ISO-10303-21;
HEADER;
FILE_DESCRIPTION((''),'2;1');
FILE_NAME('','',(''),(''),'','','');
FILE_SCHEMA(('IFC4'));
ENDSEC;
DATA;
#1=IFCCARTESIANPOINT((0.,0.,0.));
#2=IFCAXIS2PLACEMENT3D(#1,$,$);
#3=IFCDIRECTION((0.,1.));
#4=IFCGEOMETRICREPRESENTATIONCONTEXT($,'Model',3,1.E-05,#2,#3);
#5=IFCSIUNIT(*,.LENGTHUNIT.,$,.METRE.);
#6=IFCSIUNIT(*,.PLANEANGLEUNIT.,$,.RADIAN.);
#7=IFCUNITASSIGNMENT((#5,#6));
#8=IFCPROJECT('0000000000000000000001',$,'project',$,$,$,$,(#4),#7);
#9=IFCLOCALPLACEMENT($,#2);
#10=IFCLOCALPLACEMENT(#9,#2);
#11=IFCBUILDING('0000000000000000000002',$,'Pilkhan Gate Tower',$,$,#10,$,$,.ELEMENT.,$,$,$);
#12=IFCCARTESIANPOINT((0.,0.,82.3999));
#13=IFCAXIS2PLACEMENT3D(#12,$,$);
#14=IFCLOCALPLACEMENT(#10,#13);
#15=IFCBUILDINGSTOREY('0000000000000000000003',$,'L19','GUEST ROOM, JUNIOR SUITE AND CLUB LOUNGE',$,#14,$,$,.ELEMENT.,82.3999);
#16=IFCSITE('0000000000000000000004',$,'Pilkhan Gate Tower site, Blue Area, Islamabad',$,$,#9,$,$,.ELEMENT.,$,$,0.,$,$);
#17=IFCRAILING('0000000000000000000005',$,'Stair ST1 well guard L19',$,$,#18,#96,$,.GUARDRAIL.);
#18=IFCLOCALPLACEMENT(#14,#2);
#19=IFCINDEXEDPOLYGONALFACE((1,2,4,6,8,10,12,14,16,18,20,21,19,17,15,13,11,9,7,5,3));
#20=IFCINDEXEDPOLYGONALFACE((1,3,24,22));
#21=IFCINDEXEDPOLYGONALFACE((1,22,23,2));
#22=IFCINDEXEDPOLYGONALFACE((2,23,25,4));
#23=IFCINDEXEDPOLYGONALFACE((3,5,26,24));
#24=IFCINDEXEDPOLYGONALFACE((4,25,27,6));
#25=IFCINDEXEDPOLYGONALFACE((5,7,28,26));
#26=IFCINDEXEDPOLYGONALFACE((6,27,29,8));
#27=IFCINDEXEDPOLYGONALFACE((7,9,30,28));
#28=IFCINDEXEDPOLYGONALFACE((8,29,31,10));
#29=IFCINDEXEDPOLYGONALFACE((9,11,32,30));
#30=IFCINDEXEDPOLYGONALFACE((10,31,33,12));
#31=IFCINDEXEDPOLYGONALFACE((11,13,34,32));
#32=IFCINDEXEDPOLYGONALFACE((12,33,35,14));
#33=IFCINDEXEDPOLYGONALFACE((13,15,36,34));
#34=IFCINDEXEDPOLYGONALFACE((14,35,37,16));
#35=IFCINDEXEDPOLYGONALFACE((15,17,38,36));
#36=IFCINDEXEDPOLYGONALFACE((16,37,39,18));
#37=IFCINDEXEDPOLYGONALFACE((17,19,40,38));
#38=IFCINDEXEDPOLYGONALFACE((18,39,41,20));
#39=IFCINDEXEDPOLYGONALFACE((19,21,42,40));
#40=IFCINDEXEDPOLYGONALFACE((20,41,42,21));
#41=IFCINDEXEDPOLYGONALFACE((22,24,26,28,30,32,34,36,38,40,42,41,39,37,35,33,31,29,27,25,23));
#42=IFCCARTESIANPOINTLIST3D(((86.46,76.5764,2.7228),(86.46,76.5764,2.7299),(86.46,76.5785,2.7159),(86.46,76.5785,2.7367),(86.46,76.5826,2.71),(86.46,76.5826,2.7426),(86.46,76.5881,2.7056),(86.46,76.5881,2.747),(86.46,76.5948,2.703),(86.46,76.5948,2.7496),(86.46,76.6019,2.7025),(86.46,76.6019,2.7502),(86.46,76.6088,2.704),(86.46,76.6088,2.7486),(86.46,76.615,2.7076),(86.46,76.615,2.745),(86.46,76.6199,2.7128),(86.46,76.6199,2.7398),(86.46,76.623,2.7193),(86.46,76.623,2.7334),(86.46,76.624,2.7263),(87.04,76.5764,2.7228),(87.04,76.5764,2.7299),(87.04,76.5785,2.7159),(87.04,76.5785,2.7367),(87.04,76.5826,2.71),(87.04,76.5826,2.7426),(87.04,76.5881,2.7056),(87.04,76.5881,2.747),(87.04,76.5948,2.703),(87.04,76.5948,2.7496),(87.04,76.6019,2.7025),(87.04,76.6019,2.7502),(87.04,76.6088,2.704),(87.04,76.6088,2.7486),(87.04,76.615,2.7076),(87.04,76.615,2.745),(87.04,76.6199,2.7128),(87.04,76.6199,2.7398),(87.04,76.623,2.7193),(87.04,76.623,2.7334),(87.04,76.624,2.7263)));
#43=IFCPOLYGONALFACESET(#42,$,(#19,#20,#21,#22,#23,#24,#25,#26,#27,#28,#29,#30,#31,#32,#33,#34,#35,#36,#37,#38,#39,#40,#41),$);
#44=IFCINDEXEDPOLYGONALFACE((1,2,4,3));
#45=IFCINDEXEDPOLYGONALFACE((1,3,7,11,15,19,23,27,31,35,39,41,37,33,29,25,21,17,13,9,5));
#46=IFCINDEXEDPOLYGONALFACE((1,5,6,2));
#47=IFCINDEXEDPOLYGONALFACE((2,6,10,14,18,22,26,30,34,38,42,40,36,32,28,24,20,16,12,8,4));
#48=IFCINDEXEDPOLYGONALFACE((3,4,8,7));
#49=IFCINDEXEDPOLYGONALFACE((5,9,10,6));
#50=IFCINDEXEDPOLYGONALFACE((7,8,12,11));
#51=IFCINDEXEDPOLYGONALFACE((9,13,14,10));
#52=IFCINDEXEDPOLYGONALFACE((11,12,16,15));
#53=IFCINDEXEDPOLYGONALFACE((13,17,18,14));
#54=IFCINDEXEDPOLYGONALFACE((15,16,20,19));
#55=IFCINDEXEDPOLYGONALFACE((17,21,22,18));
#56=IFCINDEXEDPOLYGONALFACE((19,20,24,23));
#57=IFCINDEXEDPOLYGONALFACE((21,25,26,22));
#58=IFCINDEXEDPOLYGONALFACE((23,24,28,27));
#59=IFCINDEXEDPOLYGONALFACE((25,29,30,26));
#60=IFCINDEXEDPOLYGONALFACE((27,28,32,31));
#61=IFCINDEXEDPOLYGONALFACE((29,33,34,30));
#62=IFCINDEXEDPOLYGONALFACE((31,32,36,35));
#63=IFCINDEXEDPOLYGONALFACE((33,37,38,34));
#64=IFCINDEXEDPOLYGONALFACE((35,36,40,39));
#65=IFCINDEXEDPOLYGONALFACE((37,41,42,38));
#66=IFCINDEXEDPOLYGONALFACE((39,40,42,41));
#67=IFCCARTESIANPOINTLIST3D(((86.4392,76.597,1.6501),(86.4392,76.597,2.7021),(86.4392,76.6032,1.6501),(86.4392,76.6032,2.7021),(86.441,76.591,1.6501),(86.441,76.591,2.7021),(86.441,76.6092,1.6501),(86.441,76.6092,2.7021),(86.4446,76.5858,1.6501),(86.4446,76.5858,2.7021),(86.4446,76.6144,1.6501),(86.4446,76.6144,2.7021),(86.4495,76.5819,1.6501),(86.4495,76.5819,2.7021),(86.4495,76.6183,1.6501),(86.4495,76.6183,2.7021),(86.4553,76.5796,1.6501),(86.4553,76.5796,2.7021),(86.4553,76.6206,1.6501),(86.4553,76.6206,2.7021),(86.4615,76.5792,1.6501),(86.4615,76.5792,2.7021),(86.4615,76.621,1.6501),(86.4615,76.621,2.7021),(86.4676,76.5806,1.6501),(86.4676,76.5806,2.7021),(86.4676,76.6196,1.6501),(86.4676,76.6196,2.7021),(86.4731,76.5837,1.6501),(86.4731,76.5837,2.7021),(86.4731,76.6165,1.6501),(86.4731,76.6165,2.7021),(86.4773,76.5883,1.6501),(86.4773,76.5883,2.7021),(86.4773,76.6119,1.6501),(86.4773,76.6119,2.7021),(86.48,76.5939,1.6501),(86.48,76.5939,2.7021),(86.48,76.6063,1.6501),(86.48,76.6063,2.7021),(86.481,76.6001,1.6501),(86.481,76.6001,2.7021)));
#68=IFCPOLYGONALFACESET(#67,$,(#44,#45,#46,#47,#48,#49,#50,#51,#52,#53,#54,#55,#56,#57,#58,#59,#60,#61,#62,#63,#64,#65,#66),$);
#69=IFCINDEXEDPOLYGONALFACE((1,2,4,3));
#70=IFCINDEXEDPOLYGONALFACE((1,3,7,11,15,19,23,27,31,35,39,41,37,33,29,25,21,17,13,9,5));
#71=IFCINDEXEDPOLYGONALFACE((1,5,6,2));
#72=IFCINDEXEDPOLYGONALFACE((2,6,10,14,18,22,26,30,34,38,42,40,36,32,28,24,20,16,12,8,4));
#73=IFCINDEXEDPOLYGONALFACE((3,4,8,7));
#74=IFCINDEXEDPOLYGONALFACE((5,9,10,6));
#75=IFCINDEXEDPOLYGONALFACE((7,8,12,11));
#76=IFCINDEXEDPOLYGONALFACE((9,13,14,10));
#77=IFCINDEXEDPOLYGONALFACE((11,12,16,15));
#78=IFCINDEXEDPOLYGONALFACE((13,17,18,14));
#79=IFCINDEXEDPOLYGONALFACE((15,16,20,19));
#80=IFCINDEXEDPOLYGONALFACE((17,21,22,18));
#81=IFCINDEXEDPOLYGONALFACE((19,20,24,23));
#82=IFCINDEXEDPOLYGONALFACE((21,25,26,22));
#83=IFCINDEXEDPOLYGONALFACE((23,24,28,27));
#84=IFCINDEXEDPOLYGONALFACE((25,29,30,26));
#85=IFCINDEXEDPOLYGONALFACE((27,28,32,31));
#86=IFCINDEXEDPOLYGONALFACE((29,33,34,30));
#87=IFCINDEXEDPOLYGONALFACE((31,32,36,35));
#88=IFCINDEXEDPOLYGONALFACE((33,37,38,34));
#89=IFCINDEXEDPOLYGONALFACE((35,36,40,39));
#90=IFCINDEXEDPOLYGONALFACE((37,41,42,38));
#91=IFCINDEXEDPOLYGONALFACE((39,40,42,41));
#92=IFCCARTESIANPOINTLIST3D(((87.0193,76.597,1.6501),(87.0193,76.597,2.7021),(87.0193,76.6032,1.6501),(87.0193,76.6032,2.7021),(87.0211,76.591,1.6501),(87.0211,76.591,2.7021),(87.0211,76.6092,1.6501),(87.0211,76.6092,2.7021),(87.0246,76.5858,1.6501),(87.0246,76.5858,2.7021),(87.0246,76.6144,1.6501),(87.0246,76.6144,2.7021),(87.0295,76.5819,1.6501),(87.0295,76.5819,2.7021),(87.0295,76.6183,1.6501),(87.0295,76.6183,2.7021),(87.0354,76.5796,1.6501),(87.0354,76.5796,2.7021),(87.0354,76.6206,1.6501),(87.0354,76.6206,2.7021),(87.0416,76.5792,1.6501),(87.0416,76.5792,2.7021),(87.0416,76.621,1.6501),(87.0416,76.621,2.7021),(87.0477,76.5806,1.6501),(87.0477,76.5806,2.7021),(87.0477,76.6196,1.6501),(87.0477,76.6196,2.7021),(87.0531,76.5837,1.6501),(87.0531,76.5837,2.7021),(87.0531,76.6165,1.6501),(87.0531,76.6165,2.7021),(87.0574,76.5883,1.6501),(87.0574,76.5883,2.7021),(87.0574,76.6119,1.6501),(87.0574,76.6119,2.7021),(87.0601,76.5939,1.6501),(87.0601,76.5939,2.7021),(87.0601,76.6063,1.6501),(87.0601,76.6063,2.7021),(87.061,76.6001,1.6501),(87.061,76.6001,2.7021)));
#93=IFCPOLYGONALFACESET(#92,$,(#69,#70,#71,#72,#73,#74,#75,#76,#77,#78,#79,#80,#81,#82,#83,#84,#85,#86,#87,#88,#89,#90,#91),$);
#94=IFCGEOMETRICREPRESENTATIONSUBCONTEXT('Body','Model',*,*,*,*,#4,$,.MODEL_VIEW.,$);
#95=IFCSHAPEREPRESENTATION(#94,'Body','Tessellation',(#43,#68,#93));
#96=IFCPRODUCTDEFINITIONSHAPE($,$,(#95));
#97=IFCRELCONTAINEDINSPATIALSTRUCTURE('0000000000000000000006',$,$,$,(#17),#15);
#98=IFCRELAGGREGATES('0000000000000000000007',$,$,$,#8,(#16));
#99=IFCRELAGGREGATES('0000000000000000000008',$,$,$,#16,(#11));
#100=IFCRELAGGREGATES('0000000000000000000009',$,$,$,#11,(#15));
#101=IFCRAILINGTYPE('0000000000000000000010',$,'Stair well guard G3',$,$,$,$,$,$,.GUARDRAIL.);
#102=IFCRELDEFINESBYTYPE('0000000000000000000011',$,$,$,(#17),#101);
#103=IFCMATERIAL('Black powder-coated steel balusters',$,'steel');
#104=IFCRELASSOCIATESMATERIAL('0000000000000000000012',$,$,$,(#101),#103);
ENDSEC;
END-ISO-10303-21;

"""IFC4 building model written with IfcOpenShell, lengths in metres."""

from ifc_helpers import new_model, si_unit, direction, frame, origin, origin_2d, place, context, subcontext, project, spatial, circle, extrude, material, type_object, element, save


model = new_model("IFC4")

# Units and contexts
model_context = context("Model", 3, precision=1e-05, world=origin(), true_north=direction((0.0, 1.0)))
body_context = subcontext(model_context, "Body", "Model", "MODEL_VIEW")
ifc_project = project(units=[si_unit("LENGTHUNIT", "METRE"), si_unit("PLANEANGLEUNIT", "RADIAN")], contexts=[model_context])

# Site, building, storey
site_placement = place(None, origin())
site = spatial("IfcSite", under=ifc_project, at=site_placement, Name="Pilkhan Gate Tower site, Blue Area, Islamabad", CompositionType="ELEMENT", RefElevation=0.0)
building_placement = place(site_placement, origin())
building = spatial("IfcBuilding", under=site, at=building_placement, Name="Pilkhan Gate Tower", CompositionType="ELEMENT")
storey_placement = place(building_placement, frame((0.0, 0.0, 82.3999)))
storey = spatial("IfcBuildingStorey", under=building, at=storey_placement, Name="L19", Description="GUEST ROOM, JUNIOR SUITE AND CLUB LOUNGE", CompositionType="ELEMENT", Elevation=82.3999)

# Railing
ifc_material_1 = material(Name="Black powder-coated steel balusters", Category="steel")
railing_type_1 = type_object("IfcRailingType", Name="Stair well guard G3", PredefinedType="GUARDRAIL", material=ifc_material_1)
for number, where, name in (
    (1, (86.46, 76.6001, 1.6501), "Stair ST1 well guard L19"),
):
    element("IfcRailing", number, at=place(storey_placement, frame(where)), inside=storey, type_object=railing_type_1, Name=name, PredefinedType="GUARDRAIL", context=body_context, shape_type="SweptSolid", body=[
        extrude(circle(Radius=0.0239, at=origin_2d()), frame((0.0, 0.0, 1.0762), z_axis=(1.0, 0.0, 0.0), x_axis=(0.0, 1.0, 0.0)), (0.0, 0.0, 1.0), 0.5801),
        extrude(circle(Radius=0.021, at=origin_2d()), origin(), (0.0, 0.0, 1.0), 1.052),
        extrude(circle(Radius=0.021, at=origin_2d()), frame((0.5801, 0.0, 0.0)), (0.0, 0.0, 1.0), 1.052),
    ])

save(model, "model.ifc")
